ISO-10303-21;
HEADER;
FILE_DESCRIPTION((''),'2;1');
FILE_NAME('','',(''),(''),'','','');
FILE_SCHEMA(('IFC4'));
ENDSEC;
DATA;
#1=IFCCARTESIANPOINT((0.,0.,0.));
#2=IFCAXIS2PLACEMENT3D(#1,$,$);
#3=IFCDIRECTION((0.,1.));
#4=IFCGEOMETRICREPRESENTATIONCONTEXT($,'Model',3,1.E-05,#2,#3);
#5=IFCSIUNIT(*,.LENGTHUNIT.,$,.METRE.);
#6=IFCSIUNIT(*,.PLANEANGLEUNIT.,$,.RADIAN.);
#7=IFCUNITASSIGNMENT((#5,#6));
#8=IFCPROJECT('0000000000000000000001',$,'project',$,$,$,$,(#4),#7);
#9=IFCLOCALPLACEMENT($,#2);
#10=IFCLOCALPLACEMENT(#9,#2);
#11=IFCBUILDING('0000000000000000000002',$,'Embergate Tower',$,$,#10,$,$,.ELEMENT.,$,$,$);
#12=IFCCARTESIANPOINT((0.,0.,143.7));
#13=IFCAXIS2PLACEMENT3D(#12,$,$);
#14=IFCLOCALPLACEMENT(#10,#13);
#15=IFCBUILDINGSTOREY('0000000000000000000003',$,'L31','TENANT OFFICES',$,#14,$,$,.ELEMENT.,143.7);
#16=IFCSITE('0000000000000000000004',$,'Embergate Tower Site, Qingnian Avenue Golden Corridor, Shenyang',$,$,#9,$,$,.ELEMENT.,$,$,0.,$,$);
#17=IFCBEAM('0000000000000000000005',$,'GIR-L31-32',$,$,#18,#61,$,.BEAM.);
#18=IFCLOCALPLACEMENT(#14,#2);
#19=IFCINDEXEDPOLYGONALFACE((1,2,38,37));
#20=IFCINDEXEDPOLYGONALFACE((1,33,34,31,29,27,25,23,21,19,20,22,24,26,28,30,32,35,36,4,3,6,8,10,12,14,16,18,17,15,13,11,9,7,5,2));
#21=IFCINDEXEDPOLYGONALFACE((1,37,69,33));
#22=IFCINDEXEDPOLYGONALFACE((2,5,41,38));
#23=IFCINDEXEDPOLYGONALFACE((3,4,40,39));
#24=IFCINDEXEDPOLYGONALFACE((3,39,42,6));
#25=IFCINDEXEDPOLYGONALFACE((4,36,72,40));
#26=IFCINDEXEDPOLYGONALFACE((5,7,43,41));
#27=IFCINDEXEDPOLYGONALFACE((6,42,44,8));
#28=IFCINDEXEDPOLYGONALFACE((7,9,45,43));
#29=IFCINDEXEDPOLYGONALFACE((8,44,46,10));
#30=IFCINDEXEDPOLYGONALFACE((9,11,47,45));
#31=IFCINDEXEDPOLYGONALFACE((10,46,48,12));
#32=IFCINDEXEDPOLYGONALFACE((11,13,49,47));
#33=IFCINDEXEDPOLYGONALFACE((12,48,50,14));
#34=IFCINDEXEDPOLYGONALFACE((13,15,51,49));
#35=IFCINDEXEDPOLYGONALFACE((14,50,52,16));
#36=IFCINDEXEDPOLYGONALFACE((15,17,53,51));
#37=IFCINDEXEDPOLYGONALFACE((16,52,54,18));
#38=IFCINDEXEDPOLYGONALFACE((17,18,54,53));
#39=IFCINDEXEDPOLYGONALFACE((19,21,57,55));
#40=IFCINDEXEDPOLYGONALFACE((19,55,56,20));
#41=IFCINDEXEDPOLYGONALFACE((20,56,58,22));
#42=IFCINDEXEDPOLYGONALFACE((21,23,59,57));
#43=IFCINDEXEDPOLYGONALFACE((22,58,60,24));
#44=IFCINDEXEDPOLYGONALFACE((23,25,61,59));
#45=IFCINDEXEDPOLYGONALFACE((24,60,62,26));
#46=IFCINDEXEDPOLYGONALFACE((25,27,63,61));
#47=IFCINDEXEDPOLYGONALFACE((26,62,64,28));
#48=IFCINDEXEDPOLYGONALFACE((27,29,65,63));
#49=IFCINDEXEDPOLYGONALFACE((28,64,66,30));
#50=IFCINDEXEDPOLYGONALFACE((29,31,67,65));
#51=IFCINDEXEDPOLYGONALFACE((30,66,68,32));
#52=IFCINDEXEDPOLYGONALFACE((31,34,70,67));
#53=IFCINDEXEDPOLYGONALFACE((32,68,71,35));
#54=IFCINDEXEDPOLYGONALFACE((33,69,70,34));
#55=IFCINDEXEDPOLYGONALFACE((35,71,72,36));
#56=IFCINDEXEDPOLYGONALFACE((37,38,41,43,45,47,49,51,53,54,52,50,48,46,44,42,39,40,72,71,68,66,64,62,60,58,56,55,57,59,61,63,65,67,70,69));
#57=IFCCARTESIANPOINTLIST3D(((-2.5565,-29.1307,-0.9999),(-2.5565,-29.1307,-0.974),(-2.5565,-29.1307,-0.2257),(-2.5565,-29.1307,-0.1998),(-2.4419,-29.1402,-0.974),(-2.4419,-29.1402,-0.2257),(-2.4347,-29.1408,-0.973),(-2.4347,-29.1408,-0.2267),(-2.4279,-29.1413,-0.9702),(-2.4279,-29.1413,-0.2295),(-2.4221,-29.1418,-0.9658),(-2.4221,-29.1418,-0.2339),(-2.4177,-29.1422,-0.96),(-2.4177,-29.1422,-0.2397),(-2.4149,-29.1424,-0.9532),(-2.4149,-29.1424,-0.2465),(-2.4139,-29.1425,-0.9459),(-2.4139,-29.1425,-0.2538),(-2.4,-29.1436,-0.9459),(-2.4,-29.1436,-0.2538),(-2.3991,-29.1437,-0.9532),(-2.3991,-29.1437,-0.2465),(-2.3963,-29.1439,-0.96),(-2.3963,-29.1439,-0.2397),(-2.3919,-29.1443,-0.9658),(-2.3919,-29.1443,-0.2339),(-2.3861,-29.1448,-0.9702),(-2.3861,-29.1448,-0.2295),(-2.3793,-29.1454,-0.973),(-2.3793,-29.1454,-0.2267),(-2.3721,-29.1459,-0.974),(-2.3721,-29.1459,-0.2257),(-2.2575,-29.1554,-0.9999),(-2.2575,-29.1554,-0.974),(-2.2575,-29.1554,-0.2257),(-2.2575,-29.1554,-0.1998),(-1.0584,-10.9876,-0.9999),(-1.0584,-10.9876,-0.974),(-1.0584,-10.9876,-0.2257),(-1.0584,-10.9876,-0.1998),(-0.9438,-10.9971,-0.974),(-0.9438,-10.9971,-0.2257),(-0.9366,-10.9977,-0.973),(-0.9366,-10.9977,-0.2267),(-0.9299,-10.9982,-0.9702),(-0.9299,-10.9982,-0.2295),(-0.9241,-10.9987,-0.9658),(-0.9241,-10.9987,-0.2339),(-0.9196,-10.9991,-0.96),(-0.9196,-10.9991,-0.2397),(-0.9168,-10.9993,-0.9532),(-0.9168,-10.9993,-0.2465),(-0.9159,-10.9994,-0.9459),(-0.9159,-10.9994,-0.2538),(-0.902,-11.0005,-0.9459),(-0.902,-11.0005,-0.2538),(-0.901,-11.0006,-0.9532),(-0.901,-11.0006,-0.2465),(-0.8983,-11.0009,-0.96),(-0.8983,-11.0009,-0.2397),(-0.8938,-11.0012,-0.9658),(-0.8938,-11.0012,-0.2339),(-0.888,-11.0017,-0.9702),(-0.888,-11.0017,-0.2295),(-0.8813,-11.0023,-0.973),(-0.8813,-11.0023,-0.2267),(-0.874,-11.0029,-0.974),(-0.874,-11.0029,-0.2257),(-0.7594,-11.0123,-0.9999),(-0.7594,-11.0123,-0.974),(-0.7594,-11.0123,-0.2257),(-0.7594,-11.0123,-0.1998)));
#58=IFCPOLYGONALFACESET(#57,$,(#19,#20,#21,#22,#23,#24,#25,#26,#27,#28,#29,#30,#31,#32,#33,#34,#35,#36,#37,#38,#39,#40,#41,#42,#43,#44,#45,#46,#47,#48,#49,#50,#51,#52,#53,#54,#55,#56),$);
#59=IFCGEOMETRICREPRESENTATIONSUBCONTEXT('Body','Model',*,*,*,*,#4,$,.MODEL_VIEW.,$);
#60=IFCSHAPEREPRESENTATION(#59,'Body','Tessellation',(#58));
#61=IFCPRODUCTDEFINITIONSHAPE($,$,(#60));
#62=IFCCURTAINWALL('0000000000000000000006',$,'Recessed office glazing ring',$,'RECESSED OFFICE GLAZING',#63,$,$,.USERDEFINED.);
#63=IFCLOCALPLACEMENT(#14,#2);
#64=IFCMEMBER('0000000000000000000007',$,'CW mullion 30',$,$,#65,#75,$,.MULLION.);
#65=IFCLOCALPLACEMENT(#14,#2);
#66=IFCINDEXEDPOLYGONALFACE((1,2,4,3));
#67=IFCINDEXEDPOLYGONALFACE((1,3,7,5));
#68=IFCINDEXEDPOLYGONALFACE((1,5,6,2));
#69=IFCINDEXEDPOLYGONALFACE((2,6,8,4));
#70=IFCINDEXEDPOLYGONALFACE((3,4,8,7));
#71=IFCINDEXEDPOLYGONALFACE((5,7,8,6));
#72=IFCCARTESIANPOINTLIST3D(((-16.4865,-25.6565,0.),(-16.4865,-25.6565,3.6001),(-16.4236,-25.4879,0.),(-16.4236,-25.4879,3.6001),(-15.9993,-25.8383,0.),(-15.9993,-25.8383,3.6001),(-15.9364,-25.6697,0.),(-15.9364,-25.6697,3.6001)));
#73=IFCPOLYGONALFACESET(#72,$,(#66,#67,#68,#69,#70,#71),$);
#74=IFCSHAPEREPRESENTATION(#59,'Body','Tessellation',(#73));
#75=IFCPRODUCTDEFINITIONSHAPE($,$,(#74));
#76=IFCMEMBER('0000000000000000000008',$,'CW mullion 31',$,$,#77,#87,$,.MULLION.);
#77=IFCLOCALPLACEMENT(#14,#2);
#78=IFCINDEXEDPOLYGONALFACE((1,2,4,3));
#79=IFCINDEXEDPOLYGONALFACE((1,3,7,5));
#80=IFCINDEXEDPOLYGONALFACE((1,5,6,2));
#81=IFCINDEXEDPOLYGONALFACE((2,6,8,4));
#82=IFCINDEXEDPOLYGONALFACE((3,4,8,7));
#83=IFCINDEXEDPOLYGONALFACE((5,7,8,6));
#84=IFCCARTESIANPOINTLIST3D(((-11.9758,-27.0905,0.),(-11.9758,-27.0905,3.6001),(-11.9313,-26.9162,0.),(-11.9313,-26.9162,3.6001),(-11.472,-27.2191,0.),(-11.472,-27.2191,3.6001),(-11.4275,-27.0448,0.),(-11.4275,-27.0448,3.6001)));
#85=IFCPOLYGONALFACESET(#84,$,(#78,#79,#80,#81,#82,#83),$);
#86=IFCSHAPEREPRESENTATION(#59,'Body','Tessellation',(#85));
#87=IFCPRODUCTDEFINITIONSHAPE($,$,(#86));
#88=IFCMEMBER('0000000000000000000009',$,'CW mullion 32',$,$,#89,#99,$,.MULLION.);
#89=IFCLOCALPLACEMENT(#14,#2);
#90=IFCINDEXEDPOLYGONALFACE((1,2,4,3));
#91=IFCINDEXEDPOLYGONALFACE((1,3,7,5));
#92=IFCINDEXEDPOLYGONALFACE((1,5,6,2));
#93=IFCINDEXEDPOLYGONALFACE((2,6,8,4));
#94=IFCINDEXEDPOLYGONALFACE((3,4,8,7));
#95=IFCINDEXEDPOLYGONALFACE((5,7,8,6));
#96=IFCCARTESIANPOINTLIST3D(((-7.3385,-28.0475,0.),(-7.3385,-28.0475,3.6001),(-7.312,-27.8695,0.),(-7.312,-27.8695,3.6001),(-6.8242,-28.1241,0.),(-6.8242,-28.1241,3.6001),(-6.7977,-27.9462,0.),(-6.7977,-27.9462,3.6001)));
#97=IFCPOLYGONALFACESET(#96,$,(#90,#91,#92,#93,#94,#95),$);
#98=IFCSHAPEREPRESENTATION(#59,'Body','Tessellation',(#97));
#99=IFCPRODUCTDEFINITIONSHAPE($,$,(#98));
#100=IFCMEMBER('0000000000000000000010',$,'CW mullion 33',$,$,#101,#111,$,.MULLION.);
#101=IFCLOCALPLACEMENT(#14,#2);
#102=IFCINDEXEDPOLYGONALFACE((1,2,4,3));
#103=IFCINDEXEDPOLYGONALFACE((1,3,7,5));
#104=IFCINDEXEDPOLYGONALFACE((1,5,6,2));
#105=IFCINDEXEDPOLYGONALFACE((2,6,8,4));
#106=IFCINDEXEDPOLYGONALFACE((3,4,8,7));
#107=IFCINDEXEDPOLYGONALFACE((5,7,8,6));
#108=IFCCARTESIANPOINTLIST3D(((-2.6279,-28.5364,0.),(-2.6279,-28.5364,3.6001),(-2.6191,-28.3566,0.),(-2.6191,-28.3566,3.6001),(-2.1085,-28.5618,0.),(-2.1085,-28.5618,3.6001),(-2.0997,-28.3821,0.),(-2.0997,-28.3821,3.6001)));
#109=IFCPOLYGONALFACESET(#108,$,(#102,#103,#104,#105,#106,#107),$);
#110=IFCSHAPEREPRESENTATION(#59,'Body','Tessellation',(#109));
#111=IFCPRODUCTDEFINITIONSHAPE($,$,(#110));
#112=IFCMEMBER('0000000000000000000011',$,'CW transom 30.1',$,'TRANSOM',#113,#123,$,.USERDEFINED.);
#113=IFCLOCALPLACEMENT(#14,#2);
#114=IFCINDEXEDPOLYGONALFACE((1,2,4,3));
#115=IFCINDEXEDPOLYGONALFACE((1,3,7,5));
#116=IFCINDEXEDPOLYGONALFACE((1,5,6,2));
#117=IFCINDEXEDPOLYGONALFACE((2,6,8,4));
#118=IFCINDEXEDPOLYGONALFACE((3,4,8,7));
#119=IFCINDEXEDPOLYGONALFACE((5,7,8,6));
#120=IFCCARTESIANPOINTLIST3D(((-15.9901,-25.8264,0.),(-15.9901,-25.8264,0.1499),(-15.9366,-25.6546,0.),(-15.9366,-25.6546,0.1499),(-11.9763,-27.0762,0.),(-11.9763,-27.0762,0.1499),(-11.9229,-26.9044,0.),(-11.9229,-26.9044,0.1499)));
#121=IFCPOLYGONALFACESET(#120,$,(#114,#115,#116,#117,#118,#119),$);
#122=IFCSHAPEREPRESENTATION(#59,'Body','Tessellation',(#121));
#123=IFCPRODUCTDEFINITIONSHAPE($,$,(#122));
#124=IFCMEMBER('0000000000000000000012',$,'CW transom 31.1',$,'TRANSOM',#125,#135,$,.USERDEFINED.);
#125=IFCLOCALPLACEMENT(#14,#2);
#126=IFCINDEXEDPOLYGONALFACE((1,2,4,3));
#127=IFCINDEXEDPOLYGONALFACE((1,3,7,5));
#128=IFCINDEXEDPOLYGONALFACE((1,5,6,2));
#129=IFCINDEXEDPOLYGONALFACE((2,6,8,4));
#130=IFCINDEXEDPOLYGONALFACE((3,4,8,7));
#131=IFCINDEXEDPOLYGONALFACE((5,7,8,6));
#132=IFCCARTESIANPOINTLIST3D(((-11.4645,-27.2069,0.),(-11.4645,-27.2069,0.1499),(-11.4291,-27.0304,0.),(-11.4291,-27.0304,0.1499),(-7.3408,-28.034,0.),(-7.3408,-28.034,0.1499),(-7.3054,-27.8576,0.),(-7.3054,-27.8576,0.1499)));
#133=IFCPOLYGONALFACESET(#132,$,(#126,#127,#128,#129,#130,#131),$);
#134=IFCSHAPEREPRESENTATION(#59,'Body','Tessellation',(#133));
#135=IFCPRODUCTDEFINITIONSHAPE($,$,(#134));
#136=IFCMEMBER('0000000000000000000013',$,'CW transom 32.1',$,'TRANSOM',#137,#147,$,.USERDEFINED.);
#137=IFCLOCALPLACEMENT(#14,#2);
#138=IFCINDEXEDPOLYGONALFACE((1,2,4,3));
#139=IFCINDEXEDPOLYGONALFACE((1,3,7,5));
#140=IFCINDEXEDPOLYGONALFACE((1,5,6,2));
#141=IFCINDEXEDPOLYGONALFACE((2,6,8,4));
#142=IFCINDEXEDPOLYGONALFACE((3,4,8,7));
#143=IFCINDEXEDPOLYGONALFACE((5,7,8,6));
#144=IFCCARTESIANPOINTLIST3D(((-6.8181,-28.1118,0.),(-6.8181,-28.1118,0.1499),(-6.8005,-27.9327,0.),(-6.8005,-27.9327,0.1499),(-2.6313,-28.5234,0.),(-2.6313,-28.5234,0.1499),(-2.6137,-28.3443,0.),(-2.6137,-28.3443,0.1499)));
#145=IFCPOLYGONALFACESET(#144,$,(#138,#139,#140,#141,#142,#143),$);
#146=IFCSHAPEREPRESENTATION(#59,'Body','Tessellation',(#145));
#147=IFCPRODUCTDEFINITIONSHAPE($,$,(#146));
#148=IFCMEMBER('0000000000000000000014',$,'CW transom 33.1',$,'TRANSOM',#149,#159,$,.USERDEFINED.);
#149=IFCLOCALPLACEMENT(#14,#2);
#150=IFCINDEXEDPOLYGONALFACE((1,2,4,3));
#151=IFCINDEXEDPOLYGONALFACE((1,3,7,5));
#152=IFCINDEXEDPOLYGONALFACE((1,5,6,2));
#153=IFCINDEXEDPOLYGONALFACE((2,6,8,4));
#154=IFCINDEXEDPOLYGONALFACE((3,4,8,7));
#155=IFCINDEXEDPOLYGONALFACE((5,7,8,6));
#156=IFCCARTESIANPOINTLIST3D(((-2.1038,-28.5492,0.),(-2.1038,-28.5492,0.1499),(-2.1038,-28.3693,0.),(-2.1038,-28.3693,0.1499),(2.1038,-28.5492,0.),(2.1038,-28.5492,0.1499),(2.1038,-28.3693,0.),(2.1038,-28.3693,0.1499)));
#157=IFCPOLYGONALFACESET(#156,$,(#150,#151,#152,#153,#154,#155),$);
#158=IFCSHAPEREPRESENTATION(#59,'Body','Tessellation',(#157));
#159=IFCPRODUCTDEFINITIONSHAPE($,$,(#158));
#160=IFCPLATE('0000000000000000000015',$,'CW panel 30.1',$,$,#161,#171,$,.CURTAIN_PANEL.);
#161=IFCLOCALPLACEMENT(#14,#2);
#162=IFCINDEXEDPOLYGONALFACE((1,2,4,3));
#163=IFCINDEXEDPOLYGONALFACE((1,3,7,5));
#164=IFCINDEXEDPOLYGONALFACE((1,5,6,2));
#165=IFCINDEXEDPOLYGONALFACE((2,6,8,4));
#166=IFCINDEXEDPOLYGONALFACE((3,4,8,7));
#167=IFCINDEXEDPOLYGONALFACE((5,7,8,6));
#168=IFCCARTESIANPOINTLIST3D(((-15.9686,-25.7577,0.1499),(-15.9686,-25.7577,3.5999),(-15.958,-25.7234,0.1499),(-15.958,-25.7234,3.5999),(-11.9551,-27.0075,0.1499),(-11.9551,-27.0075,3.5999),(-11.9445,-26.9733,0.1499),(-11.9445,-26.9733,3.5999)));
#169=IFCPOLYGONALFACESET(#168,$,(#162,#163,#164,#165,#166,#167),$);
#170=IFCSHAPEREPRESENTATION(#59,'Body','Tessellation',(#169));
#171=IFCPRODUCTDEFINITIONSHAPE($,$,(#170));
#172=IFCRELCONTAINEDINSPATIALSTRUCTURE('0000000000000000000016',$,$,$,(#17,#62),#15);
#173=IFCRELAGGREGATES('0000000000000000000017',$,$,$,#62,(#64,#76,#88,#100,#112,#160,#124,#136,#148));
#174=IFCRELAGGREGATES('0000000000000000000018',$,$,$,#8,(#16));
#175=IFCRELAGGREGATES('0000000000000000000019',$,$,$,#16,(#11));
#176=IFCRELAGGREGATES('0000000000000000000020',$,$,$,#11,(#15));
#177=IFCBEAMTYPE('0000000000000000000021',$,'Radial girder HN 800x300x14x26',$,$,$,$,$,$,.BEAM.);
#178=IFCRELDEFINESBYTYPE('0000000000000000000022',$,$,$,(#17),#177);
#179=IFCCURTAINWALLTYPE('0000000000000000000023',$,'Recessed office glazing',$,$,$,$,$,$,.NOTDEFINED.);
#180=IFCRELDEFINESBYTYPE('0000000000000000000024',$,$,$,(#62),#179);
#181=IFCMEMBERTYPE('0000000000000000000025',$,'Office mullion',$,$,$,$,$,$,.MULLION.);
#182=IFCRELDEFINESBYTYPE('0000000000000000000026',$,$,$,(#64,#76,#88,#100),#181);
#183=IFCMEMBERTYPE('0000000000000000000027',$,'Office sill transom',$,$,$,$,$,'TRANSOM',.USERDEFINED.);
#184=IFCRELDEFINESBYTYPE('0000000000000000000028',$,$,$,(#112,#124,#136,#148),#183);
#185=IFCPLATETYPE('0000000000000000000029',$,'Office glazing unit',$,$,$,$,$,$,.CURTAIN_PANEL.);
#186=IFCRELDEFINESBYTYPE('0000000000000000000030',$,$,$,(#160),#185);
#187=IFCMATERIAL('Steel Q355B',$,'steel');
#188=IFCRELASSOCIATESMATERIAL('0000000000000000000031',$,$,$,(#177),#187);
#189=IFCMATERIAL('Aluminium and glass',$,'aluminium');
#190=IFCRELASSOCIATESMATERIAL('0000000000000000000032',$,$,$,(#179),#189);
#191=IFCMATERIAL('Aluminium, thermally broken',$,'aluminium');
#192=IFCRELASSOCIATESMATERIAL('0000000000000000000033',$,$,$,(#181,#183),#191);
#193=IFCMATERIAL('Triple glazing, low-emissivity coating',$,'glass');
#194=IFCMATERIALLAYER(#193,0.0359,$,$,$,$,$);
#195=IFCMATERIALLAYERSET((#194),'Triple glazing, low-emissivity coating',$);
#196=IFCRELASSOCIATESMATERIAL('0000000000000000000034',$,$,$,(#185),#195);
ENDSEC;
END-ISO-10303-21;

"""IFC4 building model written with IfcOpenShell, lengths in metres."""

from ifc_helpers import new_model, si_unit, direction, frame, origin, origin_2d, place, context, subcontext, project, spatial, rectangle, i_section, extrude, source, transform, mapped, material, layer, layer_set, material_profile, profile_set, type_object, element, aggregate, save


model = new_model("IFC4")

# Units and contexts
model_context = context("Model", 3, precision=1e-05, world=origin(), true_north=direction((0.0, 1.0)))
body_context = subcontext(model_context, "Body", "Model", "MODEL_VIEW")
ifc_project = project(units=[si_unit("LENGTHUNIT", "METRE"), si_unit("PLANEANGLEUNIT", "RADIAN")], contexts=[model_context])

# Site, building, storey
site_placement = place(None, origin())
site = spatial("IfcSite", under=ifc_project, at=site_placement, Name="Embergate Tower Site, Qingnian Avenue Golden Corridor, Shenyang", CompositionType="ELEMENT", RefElevation=0.0)
building_placement = place(site_placement, origin())
building = spatial("IfcBuilding", under=site, at=building_placement, Name="Embergate Tower", CompositionType="ELEMENT")
storey_placement = place(building_placement, frame((0.0, 0.0, 143.7)))
storey = spatial("IfcBuildingStorey", under=building, at=storey_placement, Name="L31", Description="TENANT OFFICES", CompositionType="ELEMENT", Elevation=143.7)

# Beam
ifc_material_1 = material(Name="Steel Q355B", Category="steel")
ifc_material_profile_1 = material_profile(ifc_material_1, i_section(OverallWidth=0.3, OverallDepth=0.8, WebThickness=0.0139, FlangeThickness=0.0259, FilletRadius=0.0281, at=origin_2d()), Name="HN 800x300x14x26")
ifc_profile_set_1 = profile_set([ifc_material_profile_1], Name="Steel Q355 grade B")
beam_type_1 = type_object("IfcBeamType", Name="Radial girder HN 800x300x14x26", PredefinedType="BEAM", material=ifc_profile_set_1)
shared_shape_1 = source(origin(), body_context, "Body", "SweptSolid", [
    extrude(i_section(OverallWidth=0.3, OverallDepth=0.8, WebThickness=0.0139, FlangeThickness=0.0259, FilletRadius=0.0281, at=origin_2d()), origin(), (0.0, 0.0, 1.0), 18.2048),
])
beam_1_placement = place(storey_placement, frame((-2.407, -29.1431, -0.5999), z_axis=(0.082289, 0.996609, 0.0), x_axis=(-0.996609, 0.082289, 0.0)))
element("IfcBeam", 1, at=beam_1_placement, inside=storey, type_object=beam_type_1, Name="GIR-L31-32", PredefinedType="BEAM", context=body_context, shape_type="MappedRepresentation", body=[
    mapped(shared_shape_1, transform((0.0, 0.0, 0.0))),
])

# Curtain wall, members, plate
ifc_material_2 = material(Name="Aluminium and glass", Category="aluminium")
curtain_wall_type = type_object("IfcCurtainWallType", Name="Recessed office glazing", PredefinedType="NOTDEFINED", material=ifc_material_2)
curtain_wall_placement = place(storey_placement, origin())
curtain_wall = element("IfcCurtainWall", 2, at=curtain_wall_placement, inside=storey, type_object=curtain_wall_type, Name="Recessed office glazing ring", ObjectType="RECESSED OFFICE GLAZING", PredefinedType="USERDEFINED")
ifc_material_3 = material(Name="Aluminium, thermally broken", Category="aluminium")
ifc_material_profile_2 = material_profile(ifc_material_3, rectangle(XDim=0.1799, YDim=0.52, at=origin_2d()), Name="AL 520x180")
ifc_profile_set_2 = profile_set([ifc_material_profile_2], Name="Aluminium, thermally broken")
member_type_1 = type_object("IfcMemberType", Name="Office mullion", PredefinedType="MULLION", material=ifc_profile_set_2)
shared_shape_2 = source(origin(), body_context, "Body", "SweptSolid", [
    extrude(rectangle(XDim=0.1799, YDim=0.52, at=origin_2d()), origin(), (0.0, 0.0, 1.0), 3.6001),
])
member_1_placement = place(storey_placement, frame((-16.2114, -25.6631, 0.0), z_axis=(0.0, 0.0, 1.0), x_axis=(0.349496, 0.936938, 0.0)))
member_1 = element("IfcMember", 3, at=member_1_placement, type_object=member_type_1, Name="CW mullion 30", PredefinedType="MULLION", context=body_context, shape_type="MappedRepresentation", body=[
    mapped(shared_shape_2, transform((0.0, 0.0, 0.0))),
])
member_2_placement = place(storey_placement, frame((-11.7017, -27.0676, 0.0), z_axis=(0.0, 0.0, 1.0), x_axis=(0.247307, 0.968937, 0.0)))
member_2 = element("IfcMember", 4, at=member_2_placement, type_object=member_type_1, Name="CW mullion 31", PredefinedType="MULLION", context=body_context, shape_type="MappedRepresentation", body=[
    mapped(shared_shape_2, transform((0.0, 0.0, 0.0))),
])
member_3_placement = place(storey_placement, frame((-7.0681, -27.9968, 0.0), z_axis=(0.0, 0.0, 1.0), x_axis=(0.147409, 0.989076, 0.0)))
member_3 = element("IfcMember", 5, at=member_3_placement, type_object=member_type_1, Name="CW mullion 32", PredefinedType="MULLION", context=body_context, shape_type="MappedRepresentation", body=[
    mapped(shared_shape_2, transform((0.0, 0.0, 0.0))),
])
member_4_placement = place(storey_placement, frame((-2.3638, -28.4592, 0.0), z_axis=(0.0, 0.0, 1.0), x_axis=(0.04897, 0.9988, 0.0)))
member_4 = element("IfcMember", 6, at=member_4_placement, type_object=member_type_1, Name="CW mullion 33", PredefinedType="MULLION", context=body_context, shape_type="MappedRepresentation", body=[
    mapped(shared_shape_2, transform((0.0, 0.0, 0.0))),
])
ifc_material_profile_3 = material_profile(ifc_material_3, rectangle(XDim=0.1799, YDim=0.1499, at=origin_2d()), Name="AL 150x180")
ifc_profile_set_3 = profile_set([ifc_material_profile_3], Name="Aluminium, thermally broken")
member_type_2 = type_object("IfcMemberType", Name="Office sill transom", ElementType="TRANSOM", PredefinedType="USERDEFINED", material=ifc_profile_set_3)
shared_shape_3 = source(origin(), body_context, "Body", "SweptSolid", [
    extrude(rectangle(XDim=0.1799, YDim=0.1499, at=origin_2d()), origin(), (0.0, 0.0, 1.0), 4.2039),
])
member_5_placement = place(storey_placement, frame((-15.9634, -25.7405, 0.075), z_axis=(0.954785, -0.297296, 0.0), x_axis=(0.297296, 0.954785, 0.0)))
member_5 = element("IfcMember", 7, at=member_5_placement, type_object=member_type_2, Name="CW transom 30.1", ObjectType="TRANSOM", PredefinedType="USERDEFINED", context=body_context, shape_type="MappedRepresentation", body=[
    mapped(shared_shape_3, transform((0.0, 0.0, 0.0))),
])
shared_shape_4 = source(origin(), body_context, "Body", "SweptSolid", [
    extrude(rectangle(XDim=0.1799, YDim=0.1499, at=origin_2d()), origin(), (0.0, 0.0, 1.0), 4.2058),
])
member_6_placement = place(storey_placement, frame((-11.4468, -27.1187, 0.075), z_axis=(0.980471, -0.196663, 0.0), x_axis=(0.196663, 0.980471, 0.0)))
member_6 = element("IfcMember", 8, at=member_6_placement, type_object=member_type_2, Name="CW transom 31.1", ObjectType="TRANSOM", PredefinedType="USERDEFINED", context=body_context, shape_type="MappedRepresentation", body=[
    mapped(shared_shape_4, transform((0.0, 0.0, 0.0))),
])
shared_shape_5 = source(origin(), body_context, "Body", "SweptSolid", [
    extrude(rectangle(XDim=0.1799, YDim=0.1499, at=origin_2d()), origin(), (0.0, 0.0, 1.0), 4.207),
])
member_7_placement = place(storey_placement, frame((-6.8093, -28.0222, 0.075), z_axis=(0.995202, -0.097843, 0.0), x_axis=(0.097843, 0.995202, 0.0)))
member_7 = element("IfcMember", 9, at=member_7_placement, type_object=member_type_2, Name="CW transom 32.1", ObjectType="TRANSOM", PredefinedType="USERDEFINED", context=body_context, shape_type="MappedRepresentation", body=[
    mapped(shared_shape_5, transform((0.0, 0.0, 0.0))),
])
shared_shape_6 = source(origin(), body_context, "Body", "SweptSolid", [
    extrude(rectangle(XDim=0.1799, YDim=0.1499, at=origin_2d()), origin(), (0.0, 0.0, 1.0), 4.2075),
])
member_8_placement = place(storey_placement, frame((-2.1038, -28.4592, 0.075), z_axis=(1.0, 0.0, 0.0), x_axis=(0.0, 1.0, 0.0)))
member_8 = element("IfcMember", 10, at=member_8_placement, type_object=member_type_2, Name="CW transom 33.1", ObjectType="TRANSOM", PredefinedType="USERDEFINED", context=body_context, shape_type="MappedRepresentation", body=[
    mapped(shared_shape_6, transform((0.0, 0.0, 0.0))),
])
ifc_material_4 = material(Name="Triple glazing, low-emissivity coating", Category="glass")
ifc_layer_1 = layer(ifc_material_4, 0.0359)
ifc_layer_set_1 = layer_set([ifc_layer_1], Name="Triple glazing, low-emissivity coating")
plate_type = type_object("IfcPlateType", Name="Office glazing unit", PredefinedType="CURTAIN_PANEL", material=ifc_layer_set_1)
shared_shape_7 = source(origin(), body_context, "Body", "SweptSolid", [
    extrude(rectangle(XDim=4.2036, YDim=0.0359, at=origin_2d()), origin(), (0.0, 0.0, 1.0), 3.45),
])
plate_1_placement = place(storey_placement, frame((-13.9565, -26.3655, 0.1499), z_axis=(0.0, 0.0, 1.0), x_axis=(0.954774, -0.297333, 0.0)))
plate_1 = element("IfcPlate", 11, at=plate_1_placement, type_object=plate_type, Name="CW panel 30.1", PredefinedType="CURTAIN_PANEL", context=body_context, shape_type="MappedRepresentation", body=[
    mapped(shared_shape_7, transform((0.0, 0.0, 0.0))),
])
aggregate(curtain_wall, [member_1, member_2, member_3, member_4, member_5, plate_1, member_6, member_7, member_8])

save(model, "model.ifc")
